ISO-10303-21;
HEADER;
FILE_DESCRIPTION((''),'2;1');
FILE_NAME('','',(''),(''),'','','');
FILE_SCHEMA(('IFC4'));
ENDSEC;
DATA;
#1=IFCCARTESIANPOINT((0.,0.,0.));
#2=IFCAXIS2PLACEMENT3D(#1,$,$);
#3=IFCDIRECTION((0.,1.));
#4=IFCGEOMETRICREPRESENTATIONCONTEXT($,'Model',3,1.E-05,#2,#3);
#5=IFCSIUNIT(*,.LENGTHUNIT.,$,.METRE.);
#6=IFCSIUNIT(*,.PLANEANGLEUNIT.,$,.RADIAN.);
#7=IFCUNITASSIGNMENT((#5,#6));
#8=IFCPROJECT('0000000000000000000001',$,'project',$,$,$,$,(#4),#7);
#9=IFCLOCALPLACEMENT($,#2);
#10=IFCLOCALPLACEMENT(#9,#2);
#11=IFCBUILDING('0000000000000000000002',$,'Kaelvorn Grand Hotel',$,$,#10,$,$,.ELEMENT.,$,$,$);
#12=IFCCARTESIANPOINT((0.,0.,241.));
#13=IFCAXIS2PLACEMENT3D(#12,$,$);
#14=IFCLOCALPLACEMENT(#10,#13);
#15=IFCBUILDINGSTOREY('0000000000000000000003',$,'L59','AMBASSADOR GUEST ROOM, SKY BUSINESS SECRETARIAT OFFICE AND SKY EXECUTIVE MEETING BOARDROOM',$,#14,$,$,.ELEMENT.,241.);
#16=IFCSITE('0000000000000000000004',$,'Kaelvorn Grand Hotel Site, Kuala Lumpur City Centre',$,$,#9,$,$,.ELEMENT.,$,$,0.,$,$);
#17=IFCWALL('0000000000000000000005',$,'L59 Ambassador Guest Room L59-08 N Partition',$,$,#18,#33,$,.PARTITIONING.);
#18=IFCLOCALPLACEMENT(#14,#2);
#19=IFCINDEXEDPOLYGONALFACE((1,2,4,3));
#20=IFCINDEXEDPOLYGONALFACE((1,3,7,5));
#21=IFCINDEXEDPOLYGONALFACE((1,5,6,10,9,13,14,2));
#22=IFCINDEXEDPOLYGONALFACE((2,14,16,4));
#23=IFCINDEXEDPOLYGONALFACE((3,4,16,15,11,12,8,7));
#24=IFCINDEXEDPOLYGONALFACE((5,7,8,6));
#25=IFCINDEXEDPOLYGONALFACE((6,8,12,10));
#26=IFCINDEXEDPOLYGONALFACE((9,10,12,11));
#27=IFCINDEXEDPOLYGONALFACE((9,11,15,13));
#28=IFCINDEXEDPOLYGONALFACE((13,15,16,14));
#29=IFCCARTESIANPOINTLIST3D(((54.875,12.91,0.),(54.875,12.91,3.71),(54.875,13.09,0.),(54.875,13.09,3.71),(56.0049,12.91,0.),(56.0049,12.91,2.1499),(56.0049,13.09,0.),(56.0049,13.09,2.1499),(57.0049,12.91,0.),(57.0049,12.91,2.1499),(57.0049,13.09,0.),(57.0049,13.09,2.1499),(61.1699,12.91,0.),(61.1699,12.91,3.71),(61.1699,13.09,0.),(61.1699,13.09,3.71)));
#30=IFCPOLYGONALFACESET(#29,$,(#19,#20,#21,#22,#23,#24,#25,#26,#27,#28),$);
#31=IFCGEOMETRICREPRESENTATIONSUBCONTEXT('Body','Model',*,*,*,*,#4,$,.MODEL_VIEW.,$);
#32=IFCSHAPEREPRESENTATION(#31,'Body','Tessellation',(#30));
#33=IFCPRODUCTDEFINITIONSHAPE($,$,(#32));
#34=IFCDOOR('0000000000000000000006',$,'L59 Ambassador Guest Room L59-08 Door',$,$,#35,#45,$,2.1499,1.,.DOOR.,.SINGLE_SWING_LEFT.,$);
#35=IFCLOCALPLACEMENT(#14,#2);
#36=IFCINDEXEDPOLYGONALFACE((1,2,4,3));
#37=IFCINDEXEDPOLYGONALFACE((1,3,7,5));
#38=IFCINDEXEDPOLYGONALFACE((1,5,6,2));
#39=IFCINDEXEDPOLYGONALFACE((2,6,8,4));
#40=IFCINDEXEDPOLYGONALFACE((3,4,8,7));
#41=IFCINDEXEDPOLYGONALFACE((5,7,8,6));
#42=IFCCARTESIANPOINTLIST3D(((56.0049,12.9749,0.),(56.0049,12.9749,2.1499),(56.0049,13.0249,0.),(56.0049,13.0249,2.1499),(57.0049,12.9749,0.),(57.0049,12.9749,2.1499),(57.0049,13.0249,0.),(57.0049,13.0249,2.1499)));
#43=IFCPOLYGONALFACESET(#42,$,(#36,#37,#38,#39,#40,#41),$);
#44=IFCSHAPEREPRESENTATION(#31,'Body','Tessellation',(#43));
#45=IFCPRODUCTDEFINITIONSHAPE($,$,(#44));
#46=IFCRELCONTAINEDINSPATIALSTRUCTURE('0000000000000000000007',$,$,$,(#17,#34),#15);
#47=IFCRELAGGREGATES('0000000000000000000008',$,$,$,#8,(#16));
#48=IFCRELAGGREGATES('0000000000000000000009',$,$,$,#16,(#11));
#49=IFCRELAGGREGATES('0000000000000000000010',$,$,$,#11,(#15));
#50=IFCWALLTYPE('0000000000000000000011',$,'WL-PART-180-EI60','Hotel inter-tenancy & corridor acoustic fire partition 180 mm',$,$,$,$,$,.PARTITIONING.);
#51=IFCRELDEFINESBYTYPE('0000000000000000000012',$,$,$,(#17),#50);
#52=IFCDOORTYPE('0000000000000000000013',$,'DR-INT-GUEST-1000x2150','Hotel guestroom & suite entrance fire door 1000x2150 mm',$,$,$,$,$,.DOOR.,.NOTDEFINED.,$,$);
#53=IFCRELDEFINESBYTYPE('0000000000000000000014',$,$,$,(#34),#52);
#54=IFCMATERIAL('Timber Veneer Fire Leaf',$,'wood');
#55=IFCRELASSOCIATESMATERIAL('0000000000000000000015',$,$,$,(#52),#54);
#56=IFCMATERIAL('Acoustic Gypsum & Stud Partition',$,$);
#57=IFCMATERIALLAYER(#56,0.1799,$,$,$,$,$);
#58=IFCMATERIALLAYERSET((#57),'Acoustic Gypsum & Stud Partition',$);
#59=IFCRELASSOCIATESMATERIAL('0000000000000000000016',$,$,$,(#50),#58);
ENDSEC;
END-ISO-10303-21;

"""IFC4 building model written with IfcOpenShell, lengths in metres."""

from ifc_helpers import new_model, si_unit, direction, frame, frame_2d, origin, place, context, subcontext, project, spatial, rectangle, extrude, material, layer, layer_set, type_object, element, fill, save


model = new_model("IFC4")

# Units and contexts
model_context = context("Model", 3, precision=1e-05, world=origin(), true_north=direction((0.0, 1.0)))
body_context = subcontext(model_context, "Body", "Model", "MODEL_VIEW")
ifc_project = project(units=[si_unit("LENGTHUNIT", "METRE"), si_unit("PLANEANGLEUNIT", "RADIAN")], contexts=[model_context])

# Site, building, storey
site_placement = place(None, origin())
site = spatial("IfcSite", under=ifc_project, at=site_placement, Name="Kaelvorn Grand Hotel Site, Kuala Lumpur City Centre", CompositionType="ELEMENT", RefElevation=0.0)
building_placement = place(site_placement, origin())
building = spatial("IfcBuilding", under=site, at=building_placement, Name="Kaelvorn Grand Hotel", CompositionType="ELEMENT")
storey_placement = place(building_placement, frame((0.0, 0.0, 241.0)))
storey = spatial("IfcBuildingStorey", under=building, at=storey_placement, Name="L59", Description="AMBASSADOR GUEST ROOM, SKY BUSINESS SECRETARIAT OFFICE AND SKY EXECUTIVE MEETING BOARDROOM", CompositionType="ELEMENT", Elevation=241.0)

# Shared definitions
ifc_material_1 = material(Name="Acoustic Gypsum & Stud Partition")

# Shared definitions
ifc_material_2 = material(Name="Timber Veneer Fire Leaf", Category="wood")
door_type = type_object("IfcDoorType", Name="DR-INT-GUEST-1000x2150", Description="Hotel guestroom & suite entrance fire door 1000x2150 mm", OperationType="NOTDEFINED", PredefinedType="DOOR", material=ifc_material_2)

# Wall, opening, door
ifc_layer_1 = layer(ifc_material_1, 0.1799)
ifc_layer_set_1 = layer_set([ifc_layer_1], Name="Acoustic Gypsum & Stud Partition")
wall_type_1 = type_object("IfcWallType", Name="WL-PART-180-EI60", Description="Hotel inter-tenancy & corridor acoustic fire partition 180 mm", PredefinedType="PARTITIONING", material=ifc_layer_set_1)
wall_1_placement = place(storey_placement, frame((54.875, 13.0, 0.0), z_axis=(0.0, 0.0, 1.0), x_axis=(1.0, 0.0, 0.0)))
wall_1 = element("IfcWall", 1, at=wall_1_placement, inside=storey, type_object=wall_type_1, Name="L59 Ambassador Guest Room L59-08 N Partition", PredefinedType="PARTITIONING", context=body_context, shape_type="SweptSolid", body=[
    extrude(rectangle(XDim=6.2949, YDim=0.1799, at=frame_2d((3.1475, 0.0))), origin(), (0.0, 0.0, 1.0), 3.71),
])
opening_1_placement = place(wall_1_placement, frame((1.1299, 0.0, 0.0)))
opening_1 = element("IfcOpeningElement", 2, at=opening_1_placement, cuts=wall_1, PredefinedType="OPENING", context=body_context, shape_type="SweptSolid", body=[
    extrude(rectangle(XDim=1.0, YDim=2.1499, at=frame_2d((0.5, 1.075))), frame((0.0, 0.1001, 0.0), z_axis=(0.0, -1.0, 0.0), x_axis=(1.0, 0.0, 0.0)), (0.0, 0.0, 1.0), 0.2),
])
door_1_placement = place(opening_1_placement, origin())
door_1 = element("IfcDoor", 3, at=door_1_placement, inside=storey, type_object=door_type, Name="L59 Ambassador Guest Room L59-08 Door", OperationType="SINGLE_SWING_LEFT", OverallHeight=2.1499, OverallWidth=1.0, PredefinedType="DOOR", context=body_context, shape_type="SweptSolid", body=[
    extrude(rectangle(XDim=1.0, YDim=2.1499, at=frame_2d((0.5, 1.075))), frame((0.0, 0.0249, 0.0), z_axis=(0.0, -1.0, 0.0), x_axis=(1.0, 0.0, 0.0)), (0.0, 0.0, 1.0), 0.05),
])
fill(opening_1, door_1)

save(model, "model.ifc")
